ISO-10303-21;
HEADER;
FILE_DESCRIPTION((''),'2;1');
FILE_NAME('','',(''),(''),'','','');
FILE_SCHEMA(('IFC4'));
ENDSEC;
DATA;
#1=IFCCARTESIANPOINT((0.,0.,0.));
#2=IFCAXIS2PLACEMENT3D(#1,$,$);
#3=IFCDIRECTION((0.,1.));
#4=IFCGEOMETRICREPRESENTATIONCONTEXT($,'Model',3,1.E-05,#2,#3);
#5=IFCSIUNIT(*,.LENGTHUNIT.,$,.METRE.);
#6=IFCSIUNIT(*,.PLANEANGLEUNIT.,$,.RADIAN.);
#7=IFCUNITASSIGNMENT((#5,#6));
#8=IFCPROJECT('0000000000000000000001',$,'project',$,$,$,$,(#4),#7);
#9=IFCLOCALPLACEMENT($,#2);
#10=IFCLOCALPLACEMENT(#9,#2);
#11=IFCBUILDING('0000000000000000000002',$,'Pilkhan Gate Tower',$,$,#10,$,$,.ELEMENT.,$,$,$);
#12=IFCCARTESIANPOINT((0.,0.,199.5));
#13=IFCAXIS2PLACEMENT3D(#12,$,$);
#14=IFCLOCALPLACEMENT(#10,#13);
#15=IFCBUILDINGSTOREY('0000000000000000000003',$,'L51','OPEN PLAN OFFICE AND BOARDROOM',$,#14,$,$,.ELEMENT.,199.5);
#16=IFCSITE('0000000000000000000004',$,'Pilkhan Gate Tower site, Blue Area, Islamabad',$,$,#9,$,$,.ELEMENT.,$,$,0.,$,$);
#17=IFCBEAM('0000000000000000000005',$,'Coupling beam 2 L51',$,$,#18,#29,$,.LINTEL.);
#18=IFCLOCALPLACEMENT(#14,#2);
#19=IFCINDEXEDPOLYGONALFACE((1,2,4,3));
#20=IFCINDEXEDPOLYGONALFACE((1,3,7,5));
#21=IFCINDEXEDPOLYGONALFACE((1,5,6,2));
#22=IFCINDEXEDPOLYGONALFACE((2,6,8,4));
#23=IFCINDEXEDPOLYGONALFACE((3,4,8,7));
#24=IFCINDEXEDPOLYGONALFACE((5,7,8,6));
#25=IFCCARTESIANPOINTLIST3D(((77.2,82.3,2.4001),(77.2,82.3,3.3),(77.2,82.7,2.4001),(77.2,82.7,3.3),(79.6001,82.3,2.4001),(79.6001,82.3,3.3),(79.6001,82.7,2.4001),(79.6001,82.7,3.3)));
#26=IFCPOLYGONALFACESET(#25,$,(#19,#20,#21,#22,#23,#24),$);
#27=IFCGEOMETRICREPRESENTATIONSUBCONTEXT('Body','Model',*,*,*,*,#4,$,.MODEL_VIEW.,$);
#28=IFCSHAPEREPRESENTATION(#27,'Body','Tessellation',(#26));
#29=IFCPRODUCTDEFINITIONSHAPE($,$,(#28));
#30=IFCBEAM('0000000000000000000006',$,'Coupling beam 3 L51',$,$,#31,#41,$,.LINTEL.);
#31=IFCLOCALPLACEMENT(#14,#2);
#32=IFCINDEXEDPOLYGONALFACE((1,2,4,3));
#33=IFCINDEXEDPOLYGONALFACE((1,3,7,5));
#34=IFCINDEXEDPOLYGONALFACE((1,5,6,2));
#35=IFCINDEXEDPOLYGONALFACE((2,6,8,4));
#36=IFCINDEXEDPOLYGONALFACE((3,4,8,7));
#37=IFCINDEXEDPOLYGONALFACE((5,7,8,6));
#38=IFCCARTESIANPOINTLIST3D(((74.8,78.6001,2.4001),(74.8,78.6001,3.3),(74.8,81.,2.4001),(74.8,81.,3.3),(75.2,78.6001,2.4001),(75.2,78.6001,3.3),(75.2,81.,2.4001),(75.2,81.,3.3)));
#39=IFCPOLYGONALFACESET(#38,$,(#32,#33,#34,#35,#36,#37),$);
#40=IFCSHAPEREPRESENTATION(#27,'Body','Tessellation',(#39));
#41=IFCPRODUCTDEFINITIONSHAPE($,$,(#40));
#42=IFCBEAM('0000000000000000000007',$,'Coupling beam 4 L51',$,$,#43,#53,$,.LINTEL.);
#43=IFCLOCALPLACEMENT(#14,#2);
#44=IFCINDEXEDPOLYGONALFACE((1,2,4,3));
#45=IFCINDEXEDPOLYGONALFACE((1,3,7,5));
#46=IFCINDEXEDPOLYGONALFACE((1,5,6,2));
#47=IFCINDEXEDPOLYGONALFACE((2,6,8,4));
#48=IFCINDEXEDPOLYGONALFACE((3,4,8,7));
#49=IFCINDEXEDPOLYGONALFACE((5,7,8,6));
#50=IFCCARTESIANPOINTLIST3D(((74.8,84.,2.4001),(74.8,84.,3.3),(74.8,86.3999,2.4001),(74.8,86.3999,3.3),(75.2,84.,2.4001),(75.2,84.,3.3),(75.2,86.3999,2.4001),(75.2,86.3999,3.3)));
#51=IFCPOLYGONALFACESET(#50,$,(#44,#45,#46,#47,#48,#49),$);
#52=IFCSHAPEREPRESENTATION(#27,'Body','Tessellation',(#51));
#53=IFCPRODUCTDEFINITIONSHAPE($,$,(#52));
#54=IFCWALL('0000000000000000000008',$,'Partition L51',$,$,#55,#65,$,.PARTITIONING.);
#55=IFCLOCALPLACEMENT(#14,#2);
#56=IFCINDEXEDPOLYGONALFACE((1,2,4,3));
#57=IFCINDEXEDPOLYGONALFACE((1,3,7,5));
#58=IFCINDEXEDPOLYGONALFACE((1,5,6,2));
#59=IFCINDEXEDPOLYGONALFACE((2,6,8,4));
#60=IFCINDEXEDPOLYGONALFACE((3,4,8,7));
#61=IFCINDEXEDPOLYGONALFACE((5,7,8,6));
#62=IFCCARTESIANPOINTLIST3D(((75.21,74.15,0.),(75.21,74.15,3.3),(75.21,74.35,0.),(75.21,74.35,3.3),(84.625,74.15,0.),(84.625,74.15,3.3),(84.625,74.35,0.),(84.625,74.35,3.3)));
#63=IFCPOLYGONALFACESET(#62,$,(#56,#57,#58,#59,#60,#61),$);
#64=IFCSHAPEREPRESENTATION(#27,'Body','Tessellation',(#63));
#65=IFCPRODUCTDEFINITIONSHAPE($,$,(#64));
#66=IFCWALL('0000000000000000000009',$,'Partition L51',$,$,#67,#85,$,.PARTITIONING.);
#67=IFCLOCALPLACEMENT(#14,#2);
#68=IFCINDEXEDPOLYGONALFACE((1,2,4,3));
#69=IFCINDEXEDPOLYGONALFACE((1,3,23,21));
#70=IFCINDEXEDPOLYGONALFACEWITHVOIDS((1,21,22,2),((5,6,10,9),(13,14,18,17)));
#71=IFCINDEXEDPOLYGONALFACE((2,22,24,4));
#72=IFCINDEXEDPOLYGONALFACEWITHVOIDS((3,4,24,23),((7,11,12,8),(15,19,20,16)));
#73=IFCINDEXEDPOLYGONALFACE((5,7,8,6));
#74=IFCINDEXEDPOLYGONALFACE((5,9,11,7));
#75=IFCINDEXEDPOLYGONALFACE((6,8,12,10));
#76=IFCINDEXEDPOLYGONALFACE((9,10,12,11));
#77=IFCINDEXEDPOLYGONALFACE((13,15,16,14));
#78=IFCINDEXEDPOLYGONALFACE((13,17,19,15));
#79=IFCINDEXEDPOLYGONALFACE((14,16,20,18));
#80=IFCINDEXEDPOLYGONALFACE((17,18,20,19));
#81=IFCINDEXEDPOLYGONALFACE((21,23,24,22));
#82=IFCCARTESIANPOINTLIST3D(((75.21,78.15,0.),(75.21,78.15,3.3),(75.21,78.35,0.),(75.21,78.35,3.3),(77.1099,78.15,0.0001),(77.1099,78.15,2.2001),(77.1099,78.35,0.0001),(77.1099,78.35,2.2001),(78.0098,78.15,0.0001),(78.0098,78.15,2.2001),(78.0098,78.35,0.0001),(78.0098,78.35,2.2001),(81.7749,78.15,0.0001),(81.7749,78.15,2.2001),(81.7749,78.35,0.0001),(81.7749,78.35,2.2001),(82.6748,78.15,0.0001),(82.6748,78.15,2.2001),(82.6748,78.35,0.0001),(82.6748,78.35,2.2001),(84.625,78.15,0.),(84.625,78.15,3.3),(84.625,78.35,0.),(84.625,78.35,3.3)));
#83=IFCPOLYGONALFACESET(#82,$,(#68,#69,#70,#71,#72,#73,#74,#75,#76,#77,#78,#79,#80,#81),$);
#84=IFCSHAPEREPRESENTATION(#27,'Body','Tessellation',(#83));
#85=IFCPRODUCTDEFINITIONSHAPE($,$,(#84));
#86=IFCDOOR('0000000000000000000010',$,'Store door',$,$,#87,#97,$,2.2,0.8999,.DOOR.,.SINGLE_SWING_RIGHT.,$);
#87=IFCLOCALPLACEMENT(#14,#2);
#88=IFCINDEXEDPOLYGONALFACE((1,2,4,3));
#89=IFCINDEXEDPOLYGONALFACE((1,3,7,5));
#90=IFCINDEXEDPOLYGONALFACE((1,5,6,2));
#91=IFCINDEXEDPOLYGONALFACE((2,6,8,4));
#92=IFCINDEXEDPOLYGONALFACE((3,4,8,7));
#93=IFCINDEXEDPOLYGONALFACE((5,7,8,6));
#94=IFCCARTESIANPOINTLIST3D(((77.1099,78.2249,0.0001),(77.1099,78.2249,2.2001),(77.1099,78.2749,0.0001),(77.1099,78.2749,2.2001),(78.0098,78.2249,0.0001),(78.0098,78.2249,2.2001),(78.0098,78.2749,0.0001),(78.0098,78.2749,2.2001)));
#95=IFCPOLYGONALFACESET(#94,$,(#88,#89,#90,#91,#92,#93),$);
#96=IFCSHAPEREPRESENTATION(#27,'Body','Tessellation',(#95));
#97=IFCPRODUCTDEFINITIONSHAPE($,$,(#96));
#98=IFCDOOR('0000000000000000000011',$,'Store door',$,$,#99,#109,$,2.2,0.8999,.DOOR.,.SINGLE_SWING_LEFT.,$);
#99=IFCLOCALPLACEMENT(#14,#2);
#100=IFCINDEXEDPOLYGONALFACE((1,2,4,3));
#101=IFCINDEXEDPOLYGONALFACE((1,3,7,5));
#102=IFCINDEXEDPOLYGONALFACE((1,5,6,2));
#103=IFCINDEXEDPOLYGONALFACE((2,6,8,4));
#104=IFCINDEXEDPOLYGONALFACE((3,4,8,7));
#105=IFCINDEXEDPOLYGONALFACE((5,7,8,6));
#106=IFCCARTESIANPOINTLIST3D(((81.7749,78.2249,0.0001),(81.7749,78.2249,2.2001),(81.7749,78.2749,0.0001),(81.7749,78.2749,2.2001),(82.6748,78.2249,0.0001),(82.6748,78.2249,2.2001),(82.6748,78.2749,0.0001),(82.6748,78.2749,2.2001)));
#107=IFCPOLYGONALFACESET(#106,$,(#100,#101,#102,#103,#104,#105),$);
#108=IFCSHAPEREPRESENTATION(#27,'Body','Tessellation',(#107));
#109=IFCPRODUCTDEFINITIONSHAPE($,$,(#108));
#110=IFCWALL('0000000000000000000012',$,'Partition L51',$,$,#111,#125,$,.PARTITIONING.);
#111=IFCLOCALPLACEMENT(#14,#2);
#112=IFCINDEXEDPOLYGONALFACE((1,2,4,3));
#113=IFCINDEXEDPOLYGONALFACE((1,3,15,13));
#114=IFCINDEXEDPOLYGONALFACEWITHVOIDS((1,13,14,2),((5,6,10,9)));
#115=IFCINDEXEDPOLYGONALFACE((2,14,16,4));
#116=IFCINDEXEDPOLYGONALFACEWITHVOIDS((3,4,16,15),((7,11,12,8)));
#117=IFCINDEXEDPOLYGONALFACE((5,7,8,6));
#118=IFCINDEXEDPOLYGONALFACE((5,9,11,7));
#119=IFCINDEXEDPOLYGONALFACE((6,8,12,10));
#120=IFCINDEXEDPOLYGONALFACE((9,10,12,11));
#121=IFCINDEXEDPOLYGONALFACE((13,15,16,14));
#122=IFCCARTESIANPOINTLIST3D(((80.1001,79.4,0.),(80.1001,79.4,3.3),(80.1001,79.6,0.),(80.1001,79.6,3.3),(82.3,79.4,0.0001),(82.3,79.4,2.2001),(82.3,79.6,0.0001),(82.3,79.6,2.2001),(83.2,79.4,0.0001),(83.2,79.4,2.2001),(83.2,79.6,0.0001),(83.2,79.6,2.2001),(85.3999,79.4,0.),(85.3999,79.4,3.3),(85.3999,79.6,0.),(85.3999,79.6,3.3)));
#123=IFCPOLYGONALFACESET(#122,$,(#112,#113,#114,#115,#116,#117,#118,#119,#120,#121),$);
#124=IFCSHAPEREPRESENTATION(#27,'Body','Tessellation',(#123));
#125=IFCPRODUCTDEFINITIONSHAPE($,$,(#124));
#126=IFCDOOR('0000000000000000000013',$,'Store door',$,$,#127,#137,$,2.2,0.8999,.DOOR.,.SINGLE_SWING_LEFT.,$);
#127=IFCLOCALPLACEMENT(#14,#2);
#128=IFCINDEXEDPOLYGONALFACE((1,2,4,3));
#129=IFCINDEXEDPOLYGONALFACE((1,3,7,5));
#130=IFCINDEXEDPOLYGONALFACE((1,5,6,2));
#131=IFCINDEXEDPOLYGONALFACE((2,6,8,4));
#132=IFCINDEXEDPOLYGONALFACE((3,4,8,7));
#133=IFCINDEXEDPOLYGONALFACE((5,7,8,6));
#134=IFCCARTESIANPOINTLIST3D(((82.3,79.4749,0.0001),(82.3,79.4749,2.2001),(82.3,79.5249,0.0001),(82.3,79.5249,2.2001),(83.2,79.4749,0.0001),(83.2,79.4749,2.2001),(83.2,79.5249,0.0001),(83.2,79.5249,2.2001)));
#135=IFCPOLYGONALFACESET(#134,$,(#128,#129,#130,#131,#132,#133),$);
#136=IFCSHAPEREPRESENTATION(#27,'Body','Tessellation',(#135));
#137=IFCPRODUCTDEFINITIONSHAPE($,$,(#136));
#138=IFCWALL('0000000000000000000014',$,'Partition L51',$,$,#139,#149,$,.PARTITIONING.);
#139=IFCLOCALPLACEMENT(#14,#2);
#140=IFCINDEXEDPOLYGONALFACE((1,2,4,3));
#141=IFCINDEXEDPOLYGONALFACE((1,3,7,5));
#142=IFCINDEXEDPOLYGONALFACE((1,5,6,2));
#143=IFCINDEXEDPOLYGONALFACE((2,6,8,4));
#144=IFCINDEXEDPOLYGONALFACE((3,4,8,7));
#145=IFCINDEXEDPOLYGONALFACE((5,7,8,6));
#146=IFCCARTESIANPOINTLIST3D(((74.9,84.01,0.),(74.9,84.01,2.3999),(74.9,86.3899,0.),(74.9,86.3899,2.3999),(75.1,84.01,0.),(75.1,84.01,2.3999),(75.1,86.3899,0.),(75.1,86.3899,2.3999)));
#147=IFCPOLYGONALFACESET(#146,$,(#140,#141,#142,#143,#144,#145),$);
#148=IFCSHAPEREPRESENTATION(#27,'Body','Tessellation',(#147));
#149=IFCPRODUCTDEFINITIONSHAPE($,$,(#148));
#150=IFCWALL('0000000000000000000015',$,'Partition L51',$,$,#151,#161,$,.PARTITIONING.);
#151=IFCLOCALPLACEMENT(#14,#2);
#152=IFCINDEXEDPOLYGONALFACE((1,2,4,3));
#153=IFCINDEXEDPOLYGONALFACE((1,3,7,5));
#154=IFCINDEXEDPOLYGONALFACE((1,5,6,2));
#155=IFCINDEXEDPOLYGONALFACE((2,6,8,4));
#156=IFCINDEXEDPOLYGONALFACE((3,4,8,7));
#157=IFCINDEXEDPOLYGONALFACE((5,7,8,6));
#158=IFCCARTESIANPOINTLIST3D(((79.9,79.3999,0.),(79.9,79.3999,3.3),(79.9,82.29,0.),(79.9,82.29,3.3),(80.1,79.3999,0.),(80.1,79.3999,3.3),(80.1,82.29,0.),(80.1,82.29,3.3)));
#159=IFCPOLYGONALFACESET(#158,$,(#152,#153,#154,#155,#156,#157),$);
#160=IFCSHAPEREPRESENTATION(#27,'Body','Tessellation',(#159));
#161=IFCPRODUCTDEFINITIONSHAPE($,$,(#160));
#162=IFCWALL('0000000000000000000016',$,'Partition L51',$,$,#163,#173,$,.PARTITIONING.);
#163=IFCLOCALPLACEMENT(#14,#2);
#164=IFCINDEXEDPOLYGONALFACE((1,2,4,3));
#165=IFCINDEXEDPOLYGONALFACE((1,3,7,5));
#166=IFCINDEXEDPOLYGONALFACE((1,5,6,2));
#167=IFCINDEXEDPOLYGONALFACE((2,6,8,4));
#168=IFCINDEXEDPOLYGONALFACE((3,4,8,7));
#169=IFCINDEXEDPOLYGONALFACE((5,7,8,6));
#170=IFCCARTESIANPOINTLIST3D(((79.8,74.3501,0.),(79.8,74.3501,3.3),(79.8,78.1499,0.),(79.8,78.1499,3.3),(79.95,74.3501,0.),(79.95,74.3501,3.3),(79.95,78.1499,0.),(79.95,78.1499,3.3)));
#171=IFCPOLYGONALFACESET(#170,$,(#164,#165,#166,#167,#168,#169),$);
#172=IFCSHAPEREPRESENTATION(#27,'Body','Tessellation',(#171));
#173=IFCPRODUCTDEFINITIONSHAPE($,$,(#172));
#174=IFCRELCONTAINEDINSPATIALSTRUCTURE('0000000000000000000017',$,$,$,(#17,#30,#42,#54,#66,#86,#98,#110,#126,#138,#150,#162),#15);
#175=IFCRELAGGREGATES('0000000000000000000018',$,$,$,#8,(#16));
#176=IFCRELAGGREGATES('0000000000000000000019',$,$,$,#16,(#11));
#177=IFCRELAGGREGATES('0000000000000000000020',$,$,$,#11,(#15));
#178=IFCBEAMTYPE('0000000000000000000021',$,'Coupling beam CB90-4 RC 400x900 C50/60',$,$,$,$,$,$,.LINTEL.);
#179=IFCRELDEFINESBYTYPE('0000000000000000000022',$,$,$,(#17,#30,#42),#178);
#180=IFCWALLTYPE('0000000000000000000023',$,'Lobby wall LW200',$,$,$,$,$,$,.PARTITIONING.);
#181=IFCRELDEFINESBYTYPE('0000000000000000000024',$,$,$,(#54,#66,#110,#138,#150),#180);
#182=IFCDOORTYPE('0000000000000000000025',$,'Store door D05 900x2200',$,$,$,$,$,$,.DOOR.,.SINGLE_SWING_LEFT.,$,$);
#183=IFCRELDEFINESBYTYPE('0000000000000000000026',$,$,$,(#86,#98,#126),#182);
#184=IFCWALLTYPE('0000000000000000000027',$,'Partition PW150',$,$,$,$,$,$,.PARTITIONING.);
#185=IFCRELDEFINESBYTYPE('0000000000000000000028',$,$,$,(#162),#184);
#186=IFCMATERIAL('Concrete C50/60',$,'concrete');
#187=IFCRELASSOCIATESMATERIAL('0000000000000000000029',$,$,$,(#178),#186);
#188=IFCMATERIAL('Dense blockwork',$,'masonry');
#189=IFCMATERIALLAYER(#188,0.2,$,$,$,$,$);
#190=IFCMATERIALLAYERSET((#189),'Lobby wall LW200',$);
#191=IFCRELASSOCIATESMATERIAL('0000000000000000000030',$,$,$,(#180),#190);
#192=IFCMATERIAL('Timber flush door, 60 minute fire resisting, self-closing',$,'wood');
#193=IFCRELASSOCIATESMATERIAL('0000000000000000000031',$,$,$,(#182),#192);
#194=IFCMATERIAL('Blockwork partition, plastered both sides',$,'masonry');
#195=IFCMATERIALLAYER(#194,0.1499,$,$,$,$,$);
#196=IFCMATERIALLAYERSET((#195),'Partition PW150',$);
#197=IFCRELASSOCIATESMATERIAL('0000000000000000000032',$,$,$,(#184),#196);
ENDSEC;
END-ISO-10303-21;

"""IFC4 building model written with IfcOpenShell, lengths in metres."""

from ifc_helpers import new_model, si_unit, direction, frame, frame_2d, origin, origin_2d, place, context, subcontext, project, spatial, rectangle, extrude, material, layer, layer_set, material_profile, profile_set, type_object, element, fill, save


model = new_model("IFC4")

# Units and contexts
model_context = context("Model", 3, precision=1e-05, world=origin(), true_north=direction((0.0, 1.0)))
body_context = subcontext(model_context, "Body", "Model", "MODEL_VIEW")
ifc_project = project(units=[si_unit("LENGTHUNIT", "METRE"), si_unit("PLANEANGLEUNIT", "RADIAN")], contexts=[model_context])

# Site, building, storey
site_placement = place(None, origin())
site = spatial("IfcSite", under=ifc_project, at=site_placement, Name="Pilkhan Gate Tower site, Blue Area, Islamabad", CompositionType="ELEMENT", RefElevation=0.0)
building_placement = place(site_placement, origin())
building = spatial("IfcBuilding", under=site, at=building_placement, Name="Pilkhan Gate Tower", CompositionType="ELEMENT")
storey_placement = place(building_placement, frame((0.0, 0.0, 199.5)))
storey = spatial("IfcBuildingStorey", under=building, at=storey_placement, Name="L51", Description="OPEN PLAN OFFICE AND BOARDROOM", CompositionType="ELEMENT", Elevation=199.5)

# Beams
ifc_material_1 = material(Name="Concrete C50/60", Category="concrete")
ifc_material_profile = material_profile(ifc_material_1, rectangle(XDim=0.3999, YDim=0.8999, at=origin_2d()), Name="RC 400x900")
ifc_profile_set = profile_set([ifc_material_profile], Name="Concrete C50/60")
beam_type = type_object("IfcBeamType", Name="Coupling beam CB90-4 RC 400x900 C50/60", PredefinedType="LINTEL", material=ifc_profile_set)
beam_placement = place(storey_placement, frame((77.2, 82.5, 2.8501), z_axis=(1.0, 0.0, 0.0), x_axis=(0.0, 1.0, 0.0)))
element("IfcBeam", 1, at=beam_placement, inside=storey, type_object=beam_type, Name="Coupling beam 2 L51", PredefinedType="LINTEL", context=body_context, shape_type="SweptSolid", body=[
    extrude(rectangle(XDim=0.3999, YDim=0.8999, at=origin_2d()), origin(), (0.0, 0.0, 1.0), 2.4001),
])
for number, where, z_axis, x_axis, name in (
    (2, (75.0, 78.6001, 2.8501), (0.0, 1.0, 0.0), (-1.0, 0.0, 0.0), "Coupling beam 3 L51"),
    (3, (75.0, 84.0, 2.8501), (0.0, 1.0, 0.0), (-1.0, 0.0, 0.0), "Coupling beam 4 L51"),
):
    element("IfcBeam", number, at=place(storey_placement, frame(where, z_axis=z_axis, x_axis=x_axis)), inside=storey, type_object=beam_type, Name=name, PredefinedType="LINTEL", context=body_context, shape_type="SweptSolid", body=[
        extrude(rectangle(XDim=0.3999, YDim=0.8999, at=origin_2d()), origin(), (0.0, 0.0, 1.0), 2.3999),
    ])

# Wall
ifc_material_2 = material(Name="Dense blockwork", Category="masonry")
ifc_layer_1 = layer(ifc_material_2, 0.2)
ifc_layer_set_1 = layer_set([ifc_layer_1], Name="Lobby wall LW200")
wall_type_1 = type_object("IfcWallType", Name="Lobby wall LW200", PredefinedType="PARTITIONING", material=ifc_layer_set_1)
wall_1_placement = place(storey_placement, frame((75.21, 74.25, 0.0), z_axis=(0.0, 0.0, 1.0), x_axis=(1.0, 0.0, 0.0)))
element("IfcWall", 4, at=wall_1_placement, inside=storey, type_object=wall_type_1, Name="Partition L51", PredefinedType="PARTITIONING", context=body_context, shape_type="SweptSolid", body=[
    extrude(rectangle(XDim=9.415, YDim=0.2, at=frame_2d((4.7075, 0.0))), origin(), (0.0, 0.0, 1.0), 3.3),
])

# Wall, openings, doors
wall_2_placement = place(storey_placement, frame((75.21, 78.25, 0.0), z_axis=(0.0, 0.0, 1.0), x_axis=(1.0, 0.0, 0.0)))
wall_2 = element("IfcWall", 5, at=wall_2_placement, inside=storey, type_object=wall_type_1, Name="Partition L51", PredefinedType="PARTITIONING", context=body_context, shape_type="SweptSolid", body=[
    extrude(rectangle(XDim=9.415, YDim=0.2, at=frame_2d((4.7075, 0.0))), origin(), (0.0, 0.0, 1.0), 3.3),
])
opening_1_placement = place(wall_2_placement, frame((1.8999, 0.0, 0.0)))
opening_1 = element("IfcOpeningElement", 6, at=opening_1_placement, cuts=wall_2, PredefinedType="OPENING", context=body_context, shape_type="SweptSolid", body=[
    extrude(rectangle(XDim=0.8999, YDim=2.2, at=frame_2d((0.45, 1.1001))), frame((0.0, 0.1099, 0.0), z_axis=(0.0, -1.0, 0.0), x_axis=(1.0, 0.0, 0.0)), (0.0, 0.0, 1.0), 0.22),
])
opening_2_placement = place(wall_2_placement, frame((6.5649, 0.0, 0.0)))
opening_2 = element("IfcOpeningElement", 7, at=opening_2_placement, cuts=wall_2, PredefinedType="OPENING", context=body_context, shape_type="SweptSolid", body=[
    extrude(rectangle(XDim=0.8999, YDim=2.2, at=frame_2d((0.45, 1.1001))), frame((0.0, 0.1099, 0.0), z_axis=(0.0, -1.0, 0.0), x_axis=(1.0, 0.0, 0.0)), (0.0, 0.0, 1.0), 0.22),
])
ifc_material_3 = material(Name="Timber flush door, 60 minute fire resisting, self-closing", Category="wood")
door_type = type_object("IfcDoorType", Name="Store door D05 900x2200", OperationType="SINGLE_SWING_LEFT", PredefinedType="DOOR", material=ifc_material_3)
door_1_placement = place(opening_1_placement, origin())
door_1 = element("IfcDoor", 8, at=door_1_placement, inside=storey, type_object=door_type, Name="Store door", OperationType="SINGLE_SWING_RIGHT", OverallHeight=2.2, OverallWidth=0.8999, PredefinedType="DOOR", context=body_context, shape_type="SweptSolid", body=[
    extrude(rectangle(XDim=0.8999, YDim=2.2, at=frame_2d((0.45, 1.1001))), frame((0.0, 0.0249, 0.0), z_axis=(0.0, -1.0, 0.0), x_axis=(1.0, 0.0, 0.0)), (0.0, 0.0, 1.0), 0.05),
])
fill(opening_1, door_1)
door_2_placement = place(opening_2_placement, origin())
door_2 = element("IfcDoor", 9, at=door_2_placement, inside=storey, type_object=door_type, Name="Store door", OperationType="SINGLE_SWING_LEFT", OverallHeight=2.2, OverallWidth=0.8999, PredefinedType="DOOR", context=body_context, shape_type="SweptSolid", body=[
    extrude(rectangle(XDim=0.8999, YDim=2.2, at=frame_2d((0.45, 1.1001))), frame((0.0, 0.0249, 0.0), z_axis=(0.0, -1.0, 0.0), x_axis=(1.0, 0.0, 0.0)), (0.0, 0.0, 1.0), 0.05),
])
fill(opening_2, door_2)

# Wall, opening, door
wall_3_placement = place(storey_placement, frame((80.1001, 79.5, 0.0), z_axis=(0.0, 0.0, 1.0), x_axis=(1.0, 0.0, 0.0)))
wall_3 = element("IfcWall", 10, at=wall_3_placement, inside=storey, type_object=wall_type_1, Name="Partition L51", PredefinedType="PARTITIONING", context=body_context, shape_type="SweptSolid", body=[
    extrude(rectangle(XDim=5.2998, YDim=0.2, at=frame_2d((2.6499, 0.0))), origin(), (0.0, 0.0, 1.0), 3.3),
])
opening_3_placement = place(wall_3_placement, frame((2.2, 0.0, 0.0)))
opening_3 = element("IfcOpeningElement", 11, at=opening_3_placement, cuts=wall_3, PredefinedType="OPENING", context=body_context, shape_type="SweptSolid", body=[
    extrude(rectangle(XDim=0.8999, YDim=2.2, at=frame_2d((0.45, 1.1001))), frame((0.0, 0.1099, 0.0), z_axis=(0.0, -1.0, 0.0), x_axis=(1.0, 0.0, 0.0)), (0.0, 0.0, 1.0), 0.22),
])
door_3_placement = place(opening_3_placement, origin())
door_3 = element("IfcDoor", 12, at=door_3_placement, inside=storey, type_object=door_type, Name="Store door", OperationType="SINGLE_SWING_LEFT", OverallHeight=2.2, OverallWidth=0.8999, PredefinedType="DOOR", context=body_context, shape_type="SweptSolid", body=[
    extrude(rectangle(XDim=0.8999, YDim=2.2, at=frame_2d((0.45, 1.1001))), frame((0.0, 0.0249, 0.0), z_axis=(0.0, -1.0, 0.0), x_axis=(1.0, 0.0, 0.0)), (0.0, 0.0, 1.0), 0.05),
])
fill(opening_3, door_3)

# Walls
wall_4_placement = place(storey_placement, frame((75.0, 84.01, 0.0), z_axis=(0.0, 0.0, 1.0), x_axis=(0.0, 1.0, 0.0)))
element("IfcWall", 13, at=wall_4_placement, inside=storey, type_object=wall_type_1, Name="Partition L51", PredefinedType="PARTITIONING", context=body_context, shape_type="SweptSolid", body=[
    extrude(rectangle(XDim=2.3799, YDim=0.2, at=frame_2d((1.1899, 0.0))), origin(), (0.0, 0.0, 1.0), 2.3999),
])
wall_5_placement = place(storey_placement, frame((80.0, 79.3999, 0.0), z_axis=(0.0, 0.0, 1.0), x_axis=(0.0, 1.0, 0.0)))
element("IfcWall", 14, at=wall_5_placement, inside=storey, type_object=wall_type_1, Name="Partition L51", PredefinedType="PARTITIONING", context=body_context, shape_type="SweptSolid", body=[
    extrude(rectangle(XDim=2.8901, YDim=0.2, at=frame_2d((1.4451, 0.0))), origin(), (0.0, 0.0, 1.0), 3.3),
])
ifc_material_4 = material(Name="Blockwork partition, plastered both sides", Category="masonry")
ifc_layer_2 = layer(ifc_material_4, 0.1499)
ifc_layer_set_2 = layer_set([ifc_layer_2], Name="Partition PW150")
wall_type_2 = type_object("IfcWallType", Name="Partition PW150", PredefinedType="PARTITIONING", material=ifc_layer_set_2)
wall_6_placement = place(storey_placement, frame((79.875, 74.3501, 0.0), z_axis=(0.0, 0.0, 1.0), x_axis=(0.0, 1.0, 0.0)))
element("IfcWall", 15, at=wall_6_placement, inside=storey, type_object=wall_type_2, Name="Partition L51", PredefinedType="PARTITIONING", context=body_context, shape_type="SweptSolid", body=[
    extrude(rectangle(XDim=3.7998, YDim=0.1499, at=frame_2d((1.8999, 0.0))), origin(), (0.0, 0.0, 1.0), 3.3),
])

save(model, "model.ifc")
